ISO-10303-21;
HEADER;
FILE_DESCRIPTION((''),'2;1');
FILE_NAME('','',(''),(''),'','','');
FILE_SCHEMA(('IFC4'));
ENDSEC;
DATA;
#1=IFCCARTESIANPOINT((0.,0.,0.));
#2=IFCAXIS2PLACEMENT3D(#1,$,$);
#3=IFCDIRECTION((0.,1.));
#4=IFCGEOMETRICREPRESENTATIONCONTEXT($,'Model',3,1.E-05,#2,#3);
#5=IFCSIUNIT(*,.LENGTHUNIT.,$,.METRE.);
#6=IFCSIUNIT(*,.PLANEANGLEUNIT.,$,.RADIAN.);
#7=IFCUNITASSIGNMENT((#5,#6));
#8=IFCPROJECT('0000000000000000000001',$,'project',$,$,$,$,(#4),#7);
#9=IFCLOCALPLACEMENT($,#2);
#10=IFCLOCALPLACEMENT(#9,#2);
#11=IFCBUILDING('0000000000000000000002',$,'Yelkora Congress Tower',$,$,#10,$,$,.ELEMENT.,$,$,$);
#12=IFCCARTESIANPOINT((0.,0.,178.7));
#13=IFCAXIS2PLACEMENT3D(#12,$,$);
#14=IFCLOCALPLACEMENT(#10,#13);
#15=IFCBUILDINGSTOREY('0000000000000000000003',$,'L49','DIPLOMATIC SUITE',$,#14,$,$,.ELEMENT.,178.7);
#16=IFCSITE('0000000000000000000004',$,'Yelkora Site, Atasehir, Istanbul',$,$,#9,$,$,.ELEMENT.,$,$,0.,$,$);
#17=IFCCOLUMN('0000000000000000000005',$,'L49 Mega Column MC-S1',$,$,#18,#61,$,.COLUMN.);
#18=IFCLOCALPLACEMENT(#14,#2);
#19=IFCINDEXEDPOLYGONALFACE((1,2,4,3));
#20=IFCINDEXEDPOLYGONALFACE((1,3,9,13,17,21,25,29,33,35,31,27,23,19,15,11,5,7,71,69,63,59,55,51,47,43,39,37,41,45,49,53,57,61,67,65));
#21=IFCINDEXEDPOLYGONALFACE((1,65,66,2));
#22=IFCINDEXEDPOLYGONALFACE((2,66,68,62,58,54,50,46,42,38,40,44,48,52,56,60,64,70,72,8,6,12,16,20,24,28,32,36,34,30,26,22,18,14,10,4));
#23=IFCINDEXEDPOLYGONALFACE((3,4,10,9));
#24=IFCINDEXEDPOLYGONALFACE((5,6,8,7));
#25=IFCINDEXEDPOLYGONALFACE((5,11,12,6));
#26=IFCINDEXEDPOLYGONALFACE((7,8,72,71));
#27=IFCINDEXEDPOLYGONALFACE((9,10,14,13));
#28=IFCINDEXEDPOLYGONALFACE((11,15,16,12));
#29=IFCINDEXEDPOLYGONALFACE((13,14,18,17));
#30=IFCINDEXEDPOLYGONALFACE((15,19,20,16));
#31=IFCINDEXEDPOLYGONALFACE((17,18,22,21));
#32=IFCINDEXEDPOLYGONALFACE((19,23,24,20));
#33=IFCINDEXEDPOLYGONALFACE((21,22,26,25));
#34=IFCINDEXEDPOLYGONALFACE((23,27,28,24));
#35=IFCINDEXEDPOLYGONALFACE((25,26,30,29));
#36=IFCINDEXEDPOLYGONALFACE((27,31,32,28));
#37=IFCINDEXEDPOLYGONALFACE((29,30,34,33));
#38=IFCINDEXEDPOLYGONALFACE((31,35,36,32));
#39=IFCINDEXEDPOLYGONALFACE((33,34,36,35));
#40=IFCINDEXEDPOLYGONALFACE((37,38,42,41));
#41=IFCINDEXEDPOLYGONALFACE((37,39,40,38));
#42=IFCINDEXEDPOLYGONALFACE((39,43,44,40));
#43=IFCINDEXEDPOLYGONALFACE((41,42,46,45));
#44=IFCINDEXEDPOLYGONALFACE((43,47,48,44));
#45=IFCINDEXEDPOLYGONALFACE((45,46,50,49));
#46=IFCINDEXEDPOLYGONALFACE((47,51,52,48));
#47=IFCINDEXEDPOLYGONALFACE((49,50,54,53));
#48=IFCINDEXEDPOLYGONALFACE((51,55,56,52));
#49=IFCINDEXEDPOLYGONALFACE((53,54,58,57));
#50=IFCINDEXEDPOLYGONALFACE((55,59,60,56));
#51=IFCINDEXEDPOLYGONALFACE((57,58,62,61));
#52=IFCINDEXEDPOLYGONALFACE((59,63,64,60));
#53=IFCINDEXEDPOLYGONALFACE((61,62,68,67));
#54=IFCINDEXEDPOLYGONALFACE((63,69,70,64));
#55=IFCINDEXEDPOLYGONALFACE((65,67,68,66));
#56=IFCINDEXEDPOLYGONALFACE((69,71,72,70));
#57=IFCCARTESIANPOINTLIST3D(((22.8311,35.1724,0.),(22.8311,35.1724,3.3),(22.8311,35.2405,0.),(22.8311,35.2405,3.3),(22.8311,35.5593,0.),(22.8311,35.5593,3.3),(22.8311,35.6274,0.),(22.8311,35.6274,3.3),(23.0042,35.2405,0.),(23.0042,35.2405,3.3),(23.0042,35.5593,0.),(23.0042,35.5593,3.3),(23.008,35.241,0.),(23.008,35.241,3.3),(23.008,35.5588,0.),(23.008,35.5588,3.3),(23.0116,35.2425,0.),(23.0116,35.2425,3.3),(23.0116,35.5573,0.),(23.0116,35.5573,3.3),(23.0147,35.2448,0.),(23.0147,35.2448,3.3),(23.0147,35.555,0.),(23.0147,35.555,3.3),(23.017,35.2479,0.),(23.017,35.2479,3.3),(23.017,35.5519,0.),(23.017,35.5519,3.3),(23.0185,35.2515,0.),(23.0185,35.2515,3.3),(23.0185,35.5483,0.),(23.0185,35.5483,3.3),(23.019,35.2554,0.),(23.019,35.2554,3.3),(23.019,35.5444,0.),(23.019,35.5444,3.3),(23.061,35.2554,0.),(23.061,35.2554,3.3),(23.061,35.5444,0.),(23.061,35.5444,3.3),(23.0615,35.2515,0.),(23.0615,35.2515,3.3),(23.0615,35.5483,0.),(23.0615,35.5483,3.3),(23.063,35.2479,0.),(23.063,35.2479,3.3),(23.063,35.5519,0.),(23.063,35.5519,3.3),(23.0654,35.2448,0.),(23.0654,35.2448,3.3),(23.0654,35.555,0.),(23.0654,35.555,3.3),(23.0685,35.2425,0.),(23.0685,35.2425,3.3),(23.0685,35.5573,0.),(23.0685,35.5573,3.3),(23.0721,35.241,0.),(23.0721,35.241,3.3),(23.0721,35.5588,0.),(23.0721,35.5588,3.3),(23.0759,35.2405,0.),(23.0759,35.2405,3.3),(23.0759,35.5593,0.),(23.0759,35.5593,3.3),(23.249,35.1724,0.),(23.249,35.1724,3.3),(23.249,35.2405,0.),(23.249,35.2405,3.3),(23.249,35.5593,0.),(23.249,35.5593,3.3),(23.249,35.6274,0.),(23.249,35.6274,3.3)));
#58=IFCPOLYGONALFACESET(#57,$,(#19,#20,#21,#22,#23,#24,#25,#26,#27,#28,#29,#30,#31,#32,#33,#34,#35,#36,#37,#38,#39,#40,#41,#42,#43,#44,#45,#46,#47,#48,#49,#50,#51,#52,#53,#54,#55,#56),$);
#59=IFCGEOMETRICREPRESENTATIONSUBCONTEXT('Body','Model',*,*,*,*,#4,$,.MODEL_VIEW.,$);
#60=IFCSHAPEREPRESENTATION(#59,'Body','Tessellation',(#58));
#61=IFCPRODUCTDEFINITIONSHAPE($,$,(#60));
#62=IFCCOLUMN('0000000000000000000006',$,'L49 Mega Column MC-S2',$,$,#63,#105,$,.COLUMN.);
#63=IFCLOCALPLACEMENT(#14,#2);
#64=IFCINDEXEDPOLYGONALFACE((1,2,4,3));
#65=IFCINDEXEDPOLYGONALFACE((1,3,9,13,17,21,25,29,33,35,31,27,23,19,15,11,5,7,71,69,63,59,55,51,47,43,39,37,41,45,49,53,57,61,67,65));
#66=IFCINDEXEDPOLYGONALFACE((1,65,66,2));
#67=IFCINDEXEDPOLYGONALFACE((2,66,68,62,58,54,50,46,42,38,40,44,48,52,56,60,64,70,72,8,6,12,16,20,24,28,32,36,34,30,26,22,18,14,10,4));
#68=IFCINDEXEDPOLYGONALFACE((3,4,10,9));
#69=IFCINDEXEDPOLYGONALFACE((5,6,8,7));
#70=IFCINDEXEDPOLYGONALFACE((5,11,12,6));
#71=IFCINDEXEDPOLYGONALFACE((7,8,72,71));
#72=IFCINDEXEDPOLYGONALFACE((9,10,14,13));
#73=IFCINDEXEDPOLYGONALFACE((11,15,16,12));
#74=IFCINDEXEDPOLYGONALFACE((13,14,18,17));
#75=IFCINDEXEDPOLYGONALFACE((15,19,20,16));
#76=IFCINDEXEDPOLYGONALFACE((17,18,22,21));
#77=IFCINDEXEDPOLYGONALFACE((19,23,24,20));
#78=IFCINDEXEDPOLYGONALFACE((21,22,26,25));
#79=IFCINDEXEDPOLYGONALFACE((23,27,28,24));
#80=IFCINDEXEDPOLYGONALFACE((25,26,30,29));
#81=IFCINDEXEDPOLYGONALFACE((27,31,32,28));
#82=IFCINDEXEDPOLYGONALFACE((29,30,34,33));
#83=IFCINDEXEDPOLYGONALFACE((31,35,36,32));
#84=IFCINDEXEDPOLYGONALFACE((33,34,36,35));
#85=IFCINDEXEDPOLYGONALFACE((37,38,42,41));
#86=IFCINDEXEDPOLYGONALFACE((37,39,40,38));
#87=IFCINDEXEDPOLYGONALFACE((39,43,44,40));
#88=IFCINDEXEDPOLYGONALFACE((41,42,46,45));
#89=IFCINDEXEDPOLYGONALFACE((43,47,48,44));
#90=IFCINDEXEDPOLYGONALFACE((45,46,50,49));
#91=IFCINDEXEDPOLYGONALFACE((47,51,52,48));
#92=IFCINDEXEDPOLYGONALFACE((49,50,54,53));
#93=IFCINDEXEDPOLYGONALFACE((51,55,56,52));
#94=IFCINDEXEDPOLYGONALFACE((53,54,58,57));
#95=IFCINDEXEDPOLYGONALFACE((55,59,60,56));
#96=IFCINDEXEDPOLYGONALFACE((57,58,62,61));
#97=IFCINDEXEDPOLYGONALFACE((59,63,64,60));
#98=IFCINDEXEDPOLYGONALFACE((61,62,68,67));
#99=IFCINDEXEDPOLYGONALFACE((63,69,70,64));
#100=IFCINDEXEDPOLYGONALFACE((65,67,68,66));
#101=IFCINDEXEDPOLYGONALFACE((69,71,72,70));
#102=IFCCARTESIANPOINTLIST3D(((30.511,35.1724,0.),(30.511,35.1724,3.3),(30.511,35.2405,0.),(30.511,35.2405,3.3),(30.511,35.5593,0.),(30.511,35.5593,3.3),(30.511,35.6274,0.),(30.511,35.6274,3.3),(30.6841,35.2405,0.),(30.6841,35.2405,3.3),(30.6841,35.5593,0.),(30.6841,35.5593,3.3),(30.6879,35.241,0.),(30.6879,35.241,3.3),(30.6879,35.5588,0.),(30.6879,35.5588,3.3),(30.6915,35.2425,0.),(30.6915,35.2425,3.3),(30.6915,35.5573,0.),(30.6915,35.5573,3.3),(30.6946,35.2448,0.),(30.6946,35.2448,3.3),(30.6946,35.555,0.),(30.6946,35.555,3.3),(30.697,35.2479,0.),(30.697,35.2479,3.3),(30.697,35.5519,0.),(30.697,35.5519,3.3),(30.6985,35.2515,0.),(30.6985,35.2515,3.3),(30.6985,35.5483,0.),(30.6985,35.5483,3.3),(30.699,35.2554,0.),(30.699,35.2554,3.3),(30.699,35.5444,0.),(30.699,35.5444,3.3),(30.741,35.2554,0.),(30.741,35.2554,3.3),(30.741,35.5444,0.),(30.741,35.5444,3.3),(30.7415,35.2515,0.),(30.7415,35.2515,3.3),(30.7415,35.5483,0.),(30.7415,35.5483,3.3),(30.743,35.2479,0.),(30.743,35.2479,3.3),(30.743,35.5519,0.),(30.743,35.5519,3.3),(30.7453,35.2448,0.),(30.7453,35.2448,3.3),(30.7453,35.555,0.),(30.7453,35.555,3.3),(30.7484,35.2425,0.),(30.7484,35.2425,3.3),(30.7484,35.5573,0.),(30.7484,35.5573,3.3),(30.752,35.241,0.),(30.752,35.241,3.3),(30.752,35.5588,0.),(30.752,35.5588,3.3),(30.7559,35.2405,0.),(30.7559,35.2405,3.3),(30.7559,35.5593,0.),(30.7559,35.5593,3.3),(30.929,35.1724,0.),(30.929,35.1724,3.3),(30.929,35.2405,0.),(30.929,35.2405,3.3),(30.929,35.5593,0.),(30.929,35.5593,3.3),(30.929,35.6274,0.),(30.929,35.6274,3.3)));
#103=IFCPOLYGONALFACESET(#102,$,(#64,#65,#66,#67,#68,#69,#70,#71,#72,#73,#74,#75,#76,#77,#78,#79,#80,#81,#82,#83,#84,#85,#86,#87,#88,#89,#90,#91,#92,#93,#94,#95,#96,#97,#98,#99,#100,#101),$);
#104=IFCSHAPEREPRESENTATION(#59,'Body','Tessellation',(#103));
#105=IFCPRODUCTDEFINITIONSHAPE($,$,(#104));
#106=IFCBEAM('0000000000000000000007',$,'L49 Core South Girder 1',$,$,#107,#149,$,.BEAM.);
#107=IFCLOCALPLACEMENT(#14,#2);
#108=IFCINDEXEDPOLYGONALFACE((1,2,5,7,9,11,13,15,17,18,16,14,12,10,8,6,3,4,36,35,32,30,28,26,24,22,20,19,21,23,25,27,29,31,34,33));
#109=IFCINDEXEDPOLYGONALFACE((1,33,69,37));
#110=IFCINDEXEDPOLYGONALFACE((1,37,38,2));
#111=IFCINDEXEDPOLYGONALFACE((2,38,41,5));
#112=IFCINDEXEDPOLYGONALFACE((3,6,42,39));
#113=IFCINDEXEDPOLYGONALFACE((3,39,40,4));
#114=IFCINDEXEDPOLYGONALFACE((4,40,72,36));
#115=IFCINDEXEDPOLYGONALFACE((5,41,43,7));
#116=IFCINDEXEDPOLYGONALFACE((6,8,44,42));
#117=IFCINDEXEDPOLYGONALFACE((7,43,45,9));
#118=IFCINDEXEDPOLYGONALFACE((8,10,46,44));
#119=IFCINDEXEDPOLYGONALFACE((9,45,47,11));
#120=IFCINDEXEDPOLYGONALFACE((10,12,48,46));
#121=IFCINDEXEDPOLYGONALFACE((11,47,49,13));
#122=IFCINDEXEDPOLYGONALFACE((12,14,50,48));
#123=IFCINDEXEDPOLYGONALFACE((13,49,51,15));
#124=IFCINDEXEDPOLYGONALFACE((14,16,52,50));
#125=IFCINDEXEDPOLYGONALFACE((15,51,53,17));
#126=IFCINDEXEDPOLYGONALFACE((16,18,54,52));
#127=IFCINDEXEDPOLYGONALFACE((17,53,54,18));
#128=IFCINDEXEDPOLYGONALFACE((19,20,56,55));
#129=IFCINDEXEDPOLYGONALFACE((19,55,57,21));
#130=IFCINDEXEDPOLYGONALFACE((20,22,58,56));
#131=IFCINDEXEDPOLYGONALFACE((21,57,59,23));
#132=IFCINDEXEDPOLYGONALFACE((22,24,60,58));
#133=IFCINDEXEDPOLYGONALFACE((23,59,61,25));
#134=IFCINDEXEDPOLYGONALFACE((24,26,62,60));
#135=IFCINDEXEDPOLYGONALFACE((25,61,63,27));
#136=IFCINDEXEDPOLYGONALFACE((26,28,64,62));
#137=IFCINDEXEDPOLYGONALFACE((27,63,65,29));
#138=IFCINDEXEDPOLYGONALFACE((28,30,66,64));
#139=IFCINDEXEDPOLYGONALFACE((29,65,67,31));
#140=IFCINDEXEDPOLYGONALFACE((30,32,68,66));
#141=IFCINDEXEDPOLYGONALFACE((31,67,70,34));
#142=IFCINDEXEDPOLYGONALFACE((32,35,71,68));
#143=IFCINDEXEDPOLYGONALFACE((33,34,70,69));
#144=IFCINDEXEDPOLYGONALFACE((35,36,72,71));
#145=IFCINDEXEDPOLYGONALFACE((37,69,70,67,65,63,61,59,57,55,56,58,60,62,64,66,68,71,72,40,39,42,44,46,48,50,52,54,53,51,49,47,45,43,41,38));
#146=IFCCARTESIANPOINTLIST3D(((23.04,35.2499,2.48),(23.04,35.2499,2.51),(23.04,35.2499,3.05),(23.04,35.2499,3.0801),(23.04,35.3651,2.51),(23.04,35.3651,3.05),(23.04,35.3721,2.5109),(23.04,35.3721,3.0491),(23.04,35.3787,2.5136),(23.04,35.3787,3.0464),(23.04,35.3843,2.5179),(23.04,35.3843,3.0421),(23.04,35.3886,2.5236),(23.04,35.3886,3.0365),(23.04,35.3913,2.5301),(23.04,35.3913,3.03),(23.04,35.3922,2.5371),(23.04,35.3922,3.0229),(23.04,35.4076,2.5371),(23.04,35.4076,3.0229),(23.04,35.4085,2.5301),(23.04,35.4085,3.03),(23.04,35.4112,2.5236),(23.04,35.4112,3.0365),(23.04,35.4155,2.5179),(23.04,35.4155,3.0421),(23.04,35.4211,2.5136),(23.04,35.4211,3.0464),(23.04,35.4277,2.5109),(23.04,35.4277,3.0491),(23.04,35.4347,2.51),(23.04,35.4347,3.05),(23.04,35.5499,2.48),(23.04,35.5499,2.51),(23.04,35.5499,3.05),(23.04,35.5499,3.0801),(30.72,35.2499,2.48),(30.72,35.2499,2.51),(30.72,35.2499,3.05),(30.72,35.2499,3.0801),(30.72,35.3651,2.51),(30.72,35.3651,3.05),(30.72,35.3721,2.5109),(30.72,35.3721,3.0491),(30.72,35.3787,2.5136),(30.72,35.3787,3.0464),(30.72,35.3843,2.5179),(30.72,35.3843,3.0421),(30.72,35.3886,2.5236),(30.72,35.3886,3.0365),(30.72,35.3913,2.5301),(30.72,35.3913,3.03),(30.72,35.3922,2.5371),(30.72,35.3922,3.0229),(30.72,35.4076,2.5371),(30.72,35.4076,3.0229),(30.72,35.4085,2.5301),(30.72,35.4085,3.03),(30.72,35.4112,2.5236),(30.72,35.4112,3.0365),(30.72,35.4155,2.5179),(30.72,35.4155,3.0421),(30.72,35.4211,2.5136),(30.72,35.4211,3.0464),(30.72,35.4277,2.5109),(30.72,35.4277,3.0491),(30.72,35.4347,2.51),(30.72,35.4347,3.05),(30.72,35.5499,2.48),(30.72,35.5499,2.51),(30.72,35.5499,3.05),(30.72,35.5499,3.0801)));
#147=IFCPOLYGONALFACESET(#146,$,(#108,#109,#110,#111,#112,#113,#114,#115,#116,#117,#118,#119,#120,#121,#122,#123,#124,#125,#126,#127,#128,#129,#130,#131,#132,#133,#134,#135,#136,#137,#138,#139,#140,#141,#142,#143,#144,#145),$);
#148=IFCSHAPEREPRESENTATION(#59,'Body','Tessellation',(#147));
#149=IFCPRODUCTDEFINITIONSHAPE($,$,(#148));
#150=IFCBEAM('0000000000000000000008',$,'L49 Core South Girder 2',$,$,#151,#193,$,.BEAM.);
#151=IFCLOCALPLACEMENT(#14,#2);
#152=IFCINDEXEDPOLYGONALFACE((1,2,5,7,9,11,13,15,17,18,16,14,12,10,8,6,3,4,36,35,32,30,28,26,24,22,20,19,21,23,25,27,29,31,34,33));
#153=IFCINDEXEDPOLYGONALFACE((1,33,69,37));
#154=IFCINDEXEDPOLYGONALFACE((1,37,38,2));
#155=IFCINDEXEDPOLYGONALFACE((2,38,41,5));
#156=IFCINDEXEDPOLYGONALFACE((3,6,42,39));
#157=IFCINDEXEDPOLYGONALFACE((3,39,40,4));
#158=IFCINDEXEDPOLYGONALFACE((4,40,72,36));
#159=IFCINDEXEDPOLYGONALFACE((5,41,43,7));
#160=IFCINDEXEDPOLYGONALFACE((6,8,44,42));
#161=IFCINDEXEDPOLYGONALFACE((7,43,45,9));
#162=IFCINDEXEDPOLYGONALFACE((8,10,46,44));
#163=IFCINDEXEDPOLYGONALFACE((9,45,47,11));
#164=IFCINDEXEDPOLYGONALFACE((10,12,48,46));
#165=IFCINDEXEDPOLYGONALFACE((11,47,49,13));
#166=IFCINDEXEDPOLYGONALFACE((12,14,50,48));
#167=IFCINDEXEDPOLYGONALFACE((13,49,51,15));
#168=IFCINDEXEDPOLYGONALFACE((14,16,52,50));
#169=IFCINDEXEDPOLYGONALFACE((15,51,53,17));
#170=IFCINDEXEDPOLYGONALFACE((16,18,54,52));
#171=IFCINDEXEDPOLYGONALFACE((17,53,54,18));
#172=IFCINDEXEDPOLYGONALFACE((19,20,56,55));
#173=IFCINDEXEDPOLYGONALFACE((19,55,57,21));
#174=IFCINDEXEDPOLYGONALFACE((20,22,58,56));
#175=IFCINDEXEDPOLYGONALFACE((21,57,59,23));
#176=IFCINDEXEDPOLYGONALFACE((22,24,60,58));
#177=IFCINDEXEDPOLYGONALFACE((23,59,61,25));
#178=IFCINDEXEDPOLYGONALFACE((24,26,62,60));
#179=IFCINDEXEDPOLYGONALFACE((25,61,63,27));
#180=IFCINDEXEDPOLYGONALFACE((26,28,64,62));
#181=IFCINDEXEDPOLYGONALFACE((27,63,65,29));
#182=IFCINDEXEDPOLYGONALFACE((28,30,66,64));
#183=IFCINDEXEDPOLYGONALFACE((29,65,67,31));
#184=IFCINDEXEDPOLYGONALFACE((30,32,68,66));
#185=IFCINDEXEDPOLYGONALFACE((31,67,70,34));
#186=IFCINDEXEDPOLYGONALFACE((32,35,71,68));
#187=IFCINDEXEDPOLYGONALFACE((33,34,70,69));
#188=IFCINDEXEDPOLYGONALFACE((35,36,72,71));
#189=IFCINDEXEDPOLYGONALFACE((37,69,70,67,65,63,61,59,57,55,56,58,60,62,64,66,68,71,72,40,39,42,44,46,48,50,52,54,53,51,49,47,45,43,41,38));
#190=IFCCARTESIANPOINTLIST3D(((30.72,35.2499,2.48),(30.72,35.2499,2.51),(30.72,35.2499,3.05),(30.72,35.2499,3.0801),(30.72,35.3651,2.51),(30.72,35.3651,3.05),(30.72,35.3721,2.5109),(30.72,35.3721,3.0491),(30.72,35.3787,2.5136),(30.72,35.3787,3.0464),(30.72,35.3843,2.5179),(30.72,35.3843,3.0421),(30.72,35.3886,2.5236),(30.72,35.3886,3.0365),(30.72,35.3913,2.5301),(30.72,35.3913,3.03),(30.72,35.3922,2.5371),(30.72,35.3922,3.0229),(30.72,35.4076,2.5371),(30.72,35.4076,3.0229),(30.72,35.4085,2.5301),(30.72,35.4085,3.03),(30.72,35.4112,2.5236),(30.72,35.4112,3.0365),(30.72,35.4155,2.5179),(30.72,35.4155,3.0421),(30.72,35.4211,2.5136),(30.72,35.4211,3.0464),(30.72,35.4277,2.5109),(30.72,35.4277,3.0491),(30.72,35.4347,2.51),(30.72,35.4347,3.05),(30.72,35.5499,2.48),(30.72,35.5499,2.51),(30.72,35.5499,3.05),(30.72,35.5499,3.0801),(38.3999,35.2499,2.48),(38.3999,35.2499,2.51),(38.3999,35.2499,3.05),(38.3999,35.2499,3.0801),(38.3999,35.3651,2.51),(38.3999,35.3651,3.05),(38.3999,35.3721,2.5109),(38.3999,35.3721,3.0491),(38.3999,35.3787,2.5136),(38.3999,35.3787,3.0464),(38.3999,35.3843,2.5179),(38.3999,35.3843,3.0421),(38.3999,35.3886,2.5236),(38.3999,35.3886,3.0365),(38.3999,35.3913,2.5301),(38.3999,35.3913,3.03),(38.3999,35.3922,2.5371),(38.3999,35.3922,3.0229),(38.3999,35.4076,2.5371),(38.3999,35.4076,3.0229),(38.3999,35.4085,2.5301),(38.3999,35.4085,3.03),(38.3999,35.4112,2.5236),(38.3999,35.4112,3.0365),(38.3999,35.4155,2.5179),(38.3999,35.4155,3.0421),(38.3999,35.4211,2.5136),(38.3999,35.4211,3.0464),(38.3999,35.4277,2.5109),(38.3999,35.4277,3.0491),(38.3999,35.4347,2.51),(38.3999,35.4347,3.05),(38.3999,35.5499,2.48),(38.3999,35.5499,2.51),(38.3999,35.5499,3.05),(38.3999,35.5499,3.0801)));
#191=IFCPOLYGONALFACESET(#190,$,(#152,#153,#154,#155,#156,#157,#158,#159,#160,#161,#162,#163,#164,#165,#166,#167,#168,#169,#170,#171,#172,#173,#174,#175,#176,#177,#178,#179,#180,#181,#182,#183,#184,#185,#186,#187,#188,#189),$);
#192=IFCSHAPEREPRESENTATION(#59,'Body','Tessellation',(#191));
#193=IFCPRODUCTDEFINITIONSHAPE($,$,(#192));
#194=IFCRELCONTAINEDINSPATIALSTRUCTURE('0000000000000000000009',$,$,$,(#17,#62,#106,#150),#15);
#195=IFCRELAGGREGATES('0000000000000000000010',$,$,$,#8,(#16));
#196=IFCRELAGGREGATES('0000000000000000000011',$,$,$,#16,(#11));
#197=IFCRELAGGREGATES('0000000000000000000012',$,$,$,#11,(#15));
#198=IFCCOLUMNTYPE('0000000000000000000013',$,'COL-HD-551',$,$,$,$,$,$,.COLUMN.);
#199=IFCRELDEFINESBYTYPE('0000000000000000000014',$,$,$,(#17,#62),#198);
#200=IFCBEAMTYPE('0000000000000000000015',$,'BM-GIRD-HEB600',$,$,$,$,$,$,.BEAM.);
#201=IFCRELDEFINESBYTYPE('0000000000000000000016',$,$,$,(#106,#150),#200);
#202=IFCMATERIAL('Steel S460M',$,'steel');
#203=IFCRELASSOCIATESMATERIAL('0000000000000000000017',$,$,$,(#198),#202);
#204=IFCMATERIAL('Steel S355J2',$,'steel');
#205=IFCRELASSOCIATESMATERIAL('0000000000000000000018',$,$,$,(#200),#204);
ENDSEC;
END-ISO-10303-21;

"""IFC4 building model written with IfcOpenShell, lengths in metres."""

from ifc_helpers import new_model, si_unit, direction, frame, origin, origin_2d, place, context, subcontext, project, spatial, i_section, extrude, material, material_profile, profile_set, type_object, element, save


model = new_model("IFC4")

# Units and contexts
model_context = context("Model", 3, precision=1e-05, world=origin(), true_north=direction((0.0, 1.0)))
body_context = subcontext(model_context, "Body", "Model", "MODEL_VIEW")
ifc_project = project(units=[si_unit("LENGTHUNIT", "METRE"), si_unit("PLANEANGLEUNIT", "RADIAN")], contexts=[model_context])

# Site, building, storey
site_placement = place(None, origin())
site = spatial("IfcSite", under=ifc_project, at=site_placement, Name="Yelkora Site, Atasehir, Istanbul", CompositionType="ELEMENT", RefElevation=0.0)
building_placement = place(site_placement, origin())
building = spatial("IfcBuilding", under=site, at=building_placement, Name="Yelkora Congress Tower", CompositionType="ELEMENT")
storey_placement = place(building_placement, frame((0.0, 0.0, 178.7)))
storey = spatial("IfcBuildingStorey", under=building, at=storey_placement, Name="L49", Description="DIPLOMATIC SUITE", CompositionType="ELEMENT", Elevation=178.7)

# Columns
ifc_material_1 = material(Name="Steel S460M", Category="steel")
ifc_material_profile_1 = material_profile(ifc_material_1, i_section(OverallWidth=0.418, OverallDepth=0.4551, WebThickness=0.042, FlangeThickness=0.0681, FilletRadius=0.0149, at=origin_2d()), Name="HD 400x551")
ifc_profile_set_1 = profile_set([ifc_material_profile_1], Name="Steel S460M")
column_type = type_object("IfcColumnType", Name="COL-HD-551", PredefinedType="COLUMN", material=ifc_profile_set_1)
for number, where, z_axis, x_axis, name in (
    (1, (23.04, 35.3999, 0.0), (0.0, 0.0, 1.0), (1.0, 0.0, 0.0), "L49 Mega Column MC-S1"),
    (2, (30.72, 35.3999, 0.0), (0.0, 0.0, 1.0), (1.0, 0.0, 0.0), "L49 Mega Column MC-S2"),
):
    element("IfcColumn", number, at=place(storey_placement, frame(where, z_axis=z_axis, x_axis=x_axis)), inside=storey, type_object=column_type, Name=name, PredefinedType="COLUMN", context=body_context, shape_type="SweptSolid", body=[
        extrude(i_section(OverallWidth=0.418, OverallDepth=0.4551, WebThickness=0.042, FlangeThickness=0.0681, FilletRadius=0.0149, at=origin_2d()), origin(), (0.0, 0.0, 1.0), 3.3),
    ])

# Beams
ifc_material_2 = material(Name="Steel S355J2", Category="steel")
ifc_material_profile_2 = material_profile(ifc_material_2, i_section(OverallWidth=0.3, OverallDepth=0.6001, WebThickness=0.0154, FlangeThickness=0.03, FilletRadius=0.0271, at=origin_2d()), Name="HEB 600")
ifc_profile_set_2 = profile_set([ifc_material_profile_2], Name="Steel S355J2")
beam_type = type_object("IfcBeamType", Name="BM-GIRD-HEB600", PredefinedType="BEAM", material=ifc_profile_set_2)
for number, where, z_axis, x_axis, name in (
    (3, (23.04, 35.3999, 2.78), (1.0, 0.0, 0.0), (0.0, 1.0, 0.0), "L49 Core South Girder 1"),
    (4, (30.72, 35.3999, 2.78), (1.0, 0.0, 0.0), (0.0, 1.0, 0.0), "L49 Core South Girder 2"),
):
    element("IfcBeam", number, at=place(storey_placement, frame(where, z_axis=z_axis, x_axis=x_axis)), inside=storey, type_object=beam_type, Name=name, PredefinedType="BEAM", context=body_context, shape_type="SweptSolid", body=[
        extrude(i_section(OverallWidth=0.3, OverallDepth=0.6001, WebThickness=0.0154, FlangeThickness=0.03, FilletRadius=0.0271, at=origin_2d()), origin(), (0.0, 0.0, 1.0), 7.6799),
    ])

save(model, "model.ifc")
